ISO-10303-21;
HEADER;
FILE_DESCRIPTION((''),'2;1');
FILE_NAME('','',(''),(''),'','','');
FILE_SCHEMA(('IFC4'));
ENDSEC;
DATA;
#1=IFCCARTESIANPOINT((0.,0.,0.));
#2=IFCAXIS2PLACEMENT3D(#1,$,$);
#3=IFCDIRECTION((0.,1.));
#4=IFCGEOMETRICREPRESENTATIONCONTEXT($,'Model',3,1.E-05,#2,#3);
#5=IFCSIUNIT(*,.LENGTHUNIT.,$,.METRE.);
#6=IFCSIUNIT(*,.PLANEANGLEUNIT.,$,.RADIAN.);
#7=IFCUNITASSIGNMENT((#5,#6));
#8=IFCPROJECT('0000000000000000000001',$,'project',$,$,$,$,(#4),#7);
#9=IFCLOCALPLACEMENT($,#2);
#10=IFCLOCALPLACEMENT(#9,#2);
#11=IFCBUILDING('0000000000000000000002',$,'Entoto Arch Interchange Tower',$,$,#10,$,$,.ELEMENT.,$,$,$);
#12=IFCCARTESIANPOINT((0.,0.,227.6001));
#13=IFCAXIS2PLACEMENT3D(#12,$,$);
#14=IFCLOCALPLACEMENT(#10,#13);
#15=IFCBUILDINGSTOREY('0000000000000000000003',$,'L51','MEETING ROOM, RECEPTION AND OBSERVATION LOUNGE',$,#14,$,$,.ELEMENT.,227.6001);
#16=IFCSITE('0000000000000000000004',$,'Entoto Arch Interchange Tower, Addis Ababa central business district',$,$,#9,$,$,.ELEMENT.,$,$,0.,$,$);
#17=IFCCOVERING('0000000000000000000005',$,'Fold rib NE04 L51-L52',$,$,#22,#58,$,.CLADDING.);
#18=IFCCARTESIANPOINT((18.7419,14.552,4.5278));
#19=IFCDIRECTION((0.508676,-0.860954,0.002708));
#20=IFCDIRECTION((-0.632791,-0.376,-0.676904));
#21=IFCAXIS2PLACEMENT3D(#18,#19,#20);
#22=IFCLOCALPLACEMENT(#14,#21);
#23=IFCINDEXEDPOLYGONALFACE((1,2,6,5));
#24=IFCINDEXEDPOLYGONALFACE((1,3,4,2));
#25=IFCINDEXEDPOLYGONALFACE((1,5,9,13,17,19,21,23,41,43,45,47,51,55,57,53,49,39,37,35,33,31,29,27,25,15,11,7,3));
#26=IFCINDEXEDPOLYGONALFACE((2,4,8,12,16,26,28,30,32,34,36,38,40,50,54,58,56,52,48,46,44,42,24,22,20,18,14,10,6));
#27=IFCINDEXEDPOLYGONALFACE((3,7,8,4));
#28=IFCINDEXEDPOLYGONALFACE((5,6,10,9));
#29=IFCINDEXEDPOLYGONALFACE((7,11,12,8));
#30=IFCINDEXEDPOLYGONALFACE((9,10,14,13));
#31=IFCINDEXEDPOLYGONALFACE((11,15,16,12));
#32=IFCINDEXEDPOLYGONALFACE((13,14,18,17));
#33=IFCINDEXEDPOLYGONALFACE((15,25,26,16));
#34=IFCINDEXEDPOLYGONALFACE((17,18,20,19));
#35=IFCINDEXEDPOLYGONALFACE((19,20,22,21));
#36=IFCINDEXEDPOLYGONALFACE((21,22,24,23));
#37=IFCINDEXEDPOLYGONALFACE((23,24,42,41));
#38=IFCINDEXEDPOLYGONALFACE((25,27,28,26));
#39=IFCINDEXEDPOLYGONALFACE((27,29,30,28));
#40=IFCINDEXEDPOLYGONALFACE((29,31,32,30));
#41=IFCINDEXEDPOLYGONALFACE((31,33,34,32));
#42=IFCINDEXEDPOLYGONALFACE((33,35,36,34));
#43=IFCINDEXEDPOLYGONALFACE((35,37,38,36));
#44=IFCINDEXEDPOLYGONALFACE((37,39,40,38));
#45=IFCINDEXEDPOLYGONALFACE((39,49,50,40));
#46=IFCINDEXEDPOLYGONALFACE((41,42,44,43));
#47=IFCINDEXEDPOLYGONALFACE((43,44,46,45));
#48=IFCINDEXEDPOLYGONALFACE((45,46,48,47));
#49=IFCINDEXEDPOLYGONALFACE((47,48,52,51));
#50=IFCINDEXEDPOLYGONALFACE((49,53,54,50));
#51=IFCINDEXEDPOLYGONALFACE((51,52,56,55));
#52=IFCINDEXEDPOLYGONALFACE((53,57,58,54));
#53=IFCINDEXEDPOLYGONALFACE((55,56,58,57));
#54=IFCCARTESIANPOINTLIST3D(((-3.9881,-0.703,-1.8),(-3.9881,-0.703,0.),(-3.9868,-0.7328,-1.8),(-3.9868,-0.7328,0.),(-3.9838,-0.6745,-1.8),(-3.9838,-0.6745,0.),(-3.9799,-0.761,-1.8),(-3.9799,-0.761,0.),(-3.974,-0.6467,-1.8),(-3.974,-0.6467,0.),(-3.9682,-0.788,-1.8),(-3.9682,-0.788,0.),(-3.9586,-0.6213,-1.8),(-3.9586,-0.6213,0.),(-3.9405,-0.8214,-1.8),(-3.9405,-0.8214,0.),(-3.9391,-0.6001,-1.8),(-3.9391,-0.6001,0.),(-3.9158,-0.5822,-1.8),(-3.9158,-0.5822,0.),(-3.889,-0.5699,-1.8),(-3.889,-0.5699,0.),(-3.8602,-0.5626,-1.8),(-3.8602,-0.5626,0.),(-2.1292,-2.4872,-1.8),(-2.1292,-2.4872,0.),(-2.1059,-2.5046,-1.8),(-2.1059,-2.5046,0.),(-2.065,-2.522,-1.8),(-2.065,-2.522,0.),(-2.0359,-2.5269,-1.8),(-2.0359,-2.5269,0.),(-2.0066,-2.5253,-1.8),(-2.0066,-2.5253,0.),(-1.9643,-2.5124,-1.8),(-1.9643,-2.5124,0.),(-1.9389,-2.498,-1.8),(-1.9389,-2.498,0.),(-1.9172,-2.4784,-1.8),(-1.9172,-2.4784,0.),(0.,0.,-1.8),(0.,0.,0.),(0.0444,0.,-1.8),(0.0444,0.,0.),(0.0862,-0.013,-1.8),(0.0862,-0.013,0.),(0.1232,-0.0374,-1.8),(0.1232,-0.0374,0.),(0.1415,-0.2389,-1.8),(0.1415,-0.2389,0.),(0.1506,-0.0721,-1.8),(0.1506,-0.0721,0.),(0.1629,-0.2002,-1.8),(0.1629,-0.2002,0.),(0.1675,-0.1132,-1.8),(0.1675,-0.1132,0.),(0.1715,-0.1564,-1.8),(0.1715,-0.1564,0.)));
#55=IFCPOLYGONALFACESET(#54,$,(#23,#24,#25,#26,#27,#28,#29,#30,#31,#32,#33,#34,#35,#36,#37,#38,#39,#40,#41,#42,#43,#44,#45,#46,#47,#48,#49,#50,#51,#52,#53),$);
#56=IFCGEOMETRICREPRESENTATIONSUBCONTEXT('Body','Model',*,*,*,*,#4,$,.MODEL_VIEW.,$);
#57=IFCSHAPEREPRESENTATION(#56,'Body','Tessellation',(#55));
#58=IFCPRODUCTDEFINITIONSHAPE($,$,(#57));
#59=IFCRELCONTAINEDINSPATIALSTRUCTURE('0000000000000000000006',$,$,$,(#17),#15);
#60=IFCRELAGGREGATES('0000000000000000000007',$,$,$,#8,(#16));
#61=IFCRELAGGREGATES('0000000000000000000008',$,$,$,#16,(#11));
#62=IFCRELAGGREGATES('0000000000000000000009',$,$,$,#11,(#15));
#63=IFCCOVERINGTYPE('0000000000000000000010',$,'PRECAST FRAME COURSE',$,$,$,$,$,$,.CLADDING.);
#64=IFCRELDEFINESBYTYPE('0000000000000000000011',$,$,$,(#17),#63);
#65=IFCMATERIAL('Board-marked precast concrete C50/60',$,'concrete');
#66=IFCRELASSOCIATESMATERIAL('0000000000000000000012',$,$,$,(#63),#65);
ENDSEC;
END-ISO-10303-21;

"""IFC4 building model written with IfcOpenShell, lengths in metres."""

from ifc_helpers import new_model, si_unit, direction, frame, origin, place, context, subcontext, project, spatial, polyline, outline, extrude, material, type_object, element, save


model = new_model("IFC4")

# Units and contexts
model_context = context("Model", 3, precision=1e-05, world=origin(), true_north=direction((0.0, 1.0)))
body_context = subcontext(model_context, "Body", "Model", "MODEL_VIEW")
ifc_project = project(units=[si_unit("LENGTHUNIT", "METRE"), si_unit("PLANEANGLEUNIT", "RADIAN")], contexts=[model_context])

# Site, building, storey
site_placement = place(None, origin())
site = spatial("IfcSite", under=ifc_project, at=site_placement, Name="Entoto Arch Interchange Tower, Addis Ababa central business district", CompositionType="ELEMENT", RefElevation=0.0)
building_placement = place(site_placement, origin())
building = spatial("IfcBuilding", under=site, at=building_placement, Name="Entoto Arch Interchange Tower", CompositionType="ELEMENT")
storey_placement = place(building_placement, frame((0.0, 0.0, 227.6001)))
storey = spatial("IfcBuildingStorey", under=building, at=storey_placement, Name="L51", Description="MEETING ROOM, RECEPTION AND OBSERVATION LOUNGE", CompositionType="ELEMENT", Elevation=227.6001)

# Shared definitions
ifc_material_1 = material(Name="Board-marked precast concrete C50/60", Category="concrete")

# Covering
covering_type = type_object("IfcCoveringType", Name="PRECAST FRAME COURSE", PredefinedType="CLADDING", material=ifc_material_1)
covering_placement = place(storey_placement, frame((18.7419, 14.552, 4.5278), z_axis=(0.508676, -0.860954, 0.002708), x_axis=(-0.632791, -0.376, -0.676904)))
element("IfcCovering", 1, at=covering_placement, inside=storey, type_object=covering_type, Name="Fold rib NE04 L51-L52", PredefinedType="CLADDING", context=body_context, shape_type="SweptSolid", body=[
    extrude(outline(polyline([(0.0, 0.0), (0.0444, 0.0), (0.0862, -0.013), (0.1232, -0.0374), (0.1506, -0.0721), (0.1675, -0.1132), (0.1715, -0.1564), (0.1629, -0.2002), (0.1415, -0.2389), (-1.9172, -2.4784), (-1.9389, -2.498), (-1.9643, -2.5124), (-2.0066, -2.5253), (-2.0359, -2.5269), (-2.065, -2.522), (-2.1059, -2.5046), (-2.1292, -2.4872), (-3.9405, -0.8214), (-3.9682, -0.788), (-3.9799, -0.761), (-3.9868, -0.7328), (-3.9881, -0.703), (-3.9838, -0.6745), (-3.974, -0.6467), (-3.9586, -0.6213), (-3.9391, -0.6001), (-3.9158, -0.5822), (-3.889, -0.5699), (-3.8602, -0.5626), (0.0, 0.0)])), origin(), (0.0, 0.0, -1.0), 1.8),
])

save(model, "model.ifc")
